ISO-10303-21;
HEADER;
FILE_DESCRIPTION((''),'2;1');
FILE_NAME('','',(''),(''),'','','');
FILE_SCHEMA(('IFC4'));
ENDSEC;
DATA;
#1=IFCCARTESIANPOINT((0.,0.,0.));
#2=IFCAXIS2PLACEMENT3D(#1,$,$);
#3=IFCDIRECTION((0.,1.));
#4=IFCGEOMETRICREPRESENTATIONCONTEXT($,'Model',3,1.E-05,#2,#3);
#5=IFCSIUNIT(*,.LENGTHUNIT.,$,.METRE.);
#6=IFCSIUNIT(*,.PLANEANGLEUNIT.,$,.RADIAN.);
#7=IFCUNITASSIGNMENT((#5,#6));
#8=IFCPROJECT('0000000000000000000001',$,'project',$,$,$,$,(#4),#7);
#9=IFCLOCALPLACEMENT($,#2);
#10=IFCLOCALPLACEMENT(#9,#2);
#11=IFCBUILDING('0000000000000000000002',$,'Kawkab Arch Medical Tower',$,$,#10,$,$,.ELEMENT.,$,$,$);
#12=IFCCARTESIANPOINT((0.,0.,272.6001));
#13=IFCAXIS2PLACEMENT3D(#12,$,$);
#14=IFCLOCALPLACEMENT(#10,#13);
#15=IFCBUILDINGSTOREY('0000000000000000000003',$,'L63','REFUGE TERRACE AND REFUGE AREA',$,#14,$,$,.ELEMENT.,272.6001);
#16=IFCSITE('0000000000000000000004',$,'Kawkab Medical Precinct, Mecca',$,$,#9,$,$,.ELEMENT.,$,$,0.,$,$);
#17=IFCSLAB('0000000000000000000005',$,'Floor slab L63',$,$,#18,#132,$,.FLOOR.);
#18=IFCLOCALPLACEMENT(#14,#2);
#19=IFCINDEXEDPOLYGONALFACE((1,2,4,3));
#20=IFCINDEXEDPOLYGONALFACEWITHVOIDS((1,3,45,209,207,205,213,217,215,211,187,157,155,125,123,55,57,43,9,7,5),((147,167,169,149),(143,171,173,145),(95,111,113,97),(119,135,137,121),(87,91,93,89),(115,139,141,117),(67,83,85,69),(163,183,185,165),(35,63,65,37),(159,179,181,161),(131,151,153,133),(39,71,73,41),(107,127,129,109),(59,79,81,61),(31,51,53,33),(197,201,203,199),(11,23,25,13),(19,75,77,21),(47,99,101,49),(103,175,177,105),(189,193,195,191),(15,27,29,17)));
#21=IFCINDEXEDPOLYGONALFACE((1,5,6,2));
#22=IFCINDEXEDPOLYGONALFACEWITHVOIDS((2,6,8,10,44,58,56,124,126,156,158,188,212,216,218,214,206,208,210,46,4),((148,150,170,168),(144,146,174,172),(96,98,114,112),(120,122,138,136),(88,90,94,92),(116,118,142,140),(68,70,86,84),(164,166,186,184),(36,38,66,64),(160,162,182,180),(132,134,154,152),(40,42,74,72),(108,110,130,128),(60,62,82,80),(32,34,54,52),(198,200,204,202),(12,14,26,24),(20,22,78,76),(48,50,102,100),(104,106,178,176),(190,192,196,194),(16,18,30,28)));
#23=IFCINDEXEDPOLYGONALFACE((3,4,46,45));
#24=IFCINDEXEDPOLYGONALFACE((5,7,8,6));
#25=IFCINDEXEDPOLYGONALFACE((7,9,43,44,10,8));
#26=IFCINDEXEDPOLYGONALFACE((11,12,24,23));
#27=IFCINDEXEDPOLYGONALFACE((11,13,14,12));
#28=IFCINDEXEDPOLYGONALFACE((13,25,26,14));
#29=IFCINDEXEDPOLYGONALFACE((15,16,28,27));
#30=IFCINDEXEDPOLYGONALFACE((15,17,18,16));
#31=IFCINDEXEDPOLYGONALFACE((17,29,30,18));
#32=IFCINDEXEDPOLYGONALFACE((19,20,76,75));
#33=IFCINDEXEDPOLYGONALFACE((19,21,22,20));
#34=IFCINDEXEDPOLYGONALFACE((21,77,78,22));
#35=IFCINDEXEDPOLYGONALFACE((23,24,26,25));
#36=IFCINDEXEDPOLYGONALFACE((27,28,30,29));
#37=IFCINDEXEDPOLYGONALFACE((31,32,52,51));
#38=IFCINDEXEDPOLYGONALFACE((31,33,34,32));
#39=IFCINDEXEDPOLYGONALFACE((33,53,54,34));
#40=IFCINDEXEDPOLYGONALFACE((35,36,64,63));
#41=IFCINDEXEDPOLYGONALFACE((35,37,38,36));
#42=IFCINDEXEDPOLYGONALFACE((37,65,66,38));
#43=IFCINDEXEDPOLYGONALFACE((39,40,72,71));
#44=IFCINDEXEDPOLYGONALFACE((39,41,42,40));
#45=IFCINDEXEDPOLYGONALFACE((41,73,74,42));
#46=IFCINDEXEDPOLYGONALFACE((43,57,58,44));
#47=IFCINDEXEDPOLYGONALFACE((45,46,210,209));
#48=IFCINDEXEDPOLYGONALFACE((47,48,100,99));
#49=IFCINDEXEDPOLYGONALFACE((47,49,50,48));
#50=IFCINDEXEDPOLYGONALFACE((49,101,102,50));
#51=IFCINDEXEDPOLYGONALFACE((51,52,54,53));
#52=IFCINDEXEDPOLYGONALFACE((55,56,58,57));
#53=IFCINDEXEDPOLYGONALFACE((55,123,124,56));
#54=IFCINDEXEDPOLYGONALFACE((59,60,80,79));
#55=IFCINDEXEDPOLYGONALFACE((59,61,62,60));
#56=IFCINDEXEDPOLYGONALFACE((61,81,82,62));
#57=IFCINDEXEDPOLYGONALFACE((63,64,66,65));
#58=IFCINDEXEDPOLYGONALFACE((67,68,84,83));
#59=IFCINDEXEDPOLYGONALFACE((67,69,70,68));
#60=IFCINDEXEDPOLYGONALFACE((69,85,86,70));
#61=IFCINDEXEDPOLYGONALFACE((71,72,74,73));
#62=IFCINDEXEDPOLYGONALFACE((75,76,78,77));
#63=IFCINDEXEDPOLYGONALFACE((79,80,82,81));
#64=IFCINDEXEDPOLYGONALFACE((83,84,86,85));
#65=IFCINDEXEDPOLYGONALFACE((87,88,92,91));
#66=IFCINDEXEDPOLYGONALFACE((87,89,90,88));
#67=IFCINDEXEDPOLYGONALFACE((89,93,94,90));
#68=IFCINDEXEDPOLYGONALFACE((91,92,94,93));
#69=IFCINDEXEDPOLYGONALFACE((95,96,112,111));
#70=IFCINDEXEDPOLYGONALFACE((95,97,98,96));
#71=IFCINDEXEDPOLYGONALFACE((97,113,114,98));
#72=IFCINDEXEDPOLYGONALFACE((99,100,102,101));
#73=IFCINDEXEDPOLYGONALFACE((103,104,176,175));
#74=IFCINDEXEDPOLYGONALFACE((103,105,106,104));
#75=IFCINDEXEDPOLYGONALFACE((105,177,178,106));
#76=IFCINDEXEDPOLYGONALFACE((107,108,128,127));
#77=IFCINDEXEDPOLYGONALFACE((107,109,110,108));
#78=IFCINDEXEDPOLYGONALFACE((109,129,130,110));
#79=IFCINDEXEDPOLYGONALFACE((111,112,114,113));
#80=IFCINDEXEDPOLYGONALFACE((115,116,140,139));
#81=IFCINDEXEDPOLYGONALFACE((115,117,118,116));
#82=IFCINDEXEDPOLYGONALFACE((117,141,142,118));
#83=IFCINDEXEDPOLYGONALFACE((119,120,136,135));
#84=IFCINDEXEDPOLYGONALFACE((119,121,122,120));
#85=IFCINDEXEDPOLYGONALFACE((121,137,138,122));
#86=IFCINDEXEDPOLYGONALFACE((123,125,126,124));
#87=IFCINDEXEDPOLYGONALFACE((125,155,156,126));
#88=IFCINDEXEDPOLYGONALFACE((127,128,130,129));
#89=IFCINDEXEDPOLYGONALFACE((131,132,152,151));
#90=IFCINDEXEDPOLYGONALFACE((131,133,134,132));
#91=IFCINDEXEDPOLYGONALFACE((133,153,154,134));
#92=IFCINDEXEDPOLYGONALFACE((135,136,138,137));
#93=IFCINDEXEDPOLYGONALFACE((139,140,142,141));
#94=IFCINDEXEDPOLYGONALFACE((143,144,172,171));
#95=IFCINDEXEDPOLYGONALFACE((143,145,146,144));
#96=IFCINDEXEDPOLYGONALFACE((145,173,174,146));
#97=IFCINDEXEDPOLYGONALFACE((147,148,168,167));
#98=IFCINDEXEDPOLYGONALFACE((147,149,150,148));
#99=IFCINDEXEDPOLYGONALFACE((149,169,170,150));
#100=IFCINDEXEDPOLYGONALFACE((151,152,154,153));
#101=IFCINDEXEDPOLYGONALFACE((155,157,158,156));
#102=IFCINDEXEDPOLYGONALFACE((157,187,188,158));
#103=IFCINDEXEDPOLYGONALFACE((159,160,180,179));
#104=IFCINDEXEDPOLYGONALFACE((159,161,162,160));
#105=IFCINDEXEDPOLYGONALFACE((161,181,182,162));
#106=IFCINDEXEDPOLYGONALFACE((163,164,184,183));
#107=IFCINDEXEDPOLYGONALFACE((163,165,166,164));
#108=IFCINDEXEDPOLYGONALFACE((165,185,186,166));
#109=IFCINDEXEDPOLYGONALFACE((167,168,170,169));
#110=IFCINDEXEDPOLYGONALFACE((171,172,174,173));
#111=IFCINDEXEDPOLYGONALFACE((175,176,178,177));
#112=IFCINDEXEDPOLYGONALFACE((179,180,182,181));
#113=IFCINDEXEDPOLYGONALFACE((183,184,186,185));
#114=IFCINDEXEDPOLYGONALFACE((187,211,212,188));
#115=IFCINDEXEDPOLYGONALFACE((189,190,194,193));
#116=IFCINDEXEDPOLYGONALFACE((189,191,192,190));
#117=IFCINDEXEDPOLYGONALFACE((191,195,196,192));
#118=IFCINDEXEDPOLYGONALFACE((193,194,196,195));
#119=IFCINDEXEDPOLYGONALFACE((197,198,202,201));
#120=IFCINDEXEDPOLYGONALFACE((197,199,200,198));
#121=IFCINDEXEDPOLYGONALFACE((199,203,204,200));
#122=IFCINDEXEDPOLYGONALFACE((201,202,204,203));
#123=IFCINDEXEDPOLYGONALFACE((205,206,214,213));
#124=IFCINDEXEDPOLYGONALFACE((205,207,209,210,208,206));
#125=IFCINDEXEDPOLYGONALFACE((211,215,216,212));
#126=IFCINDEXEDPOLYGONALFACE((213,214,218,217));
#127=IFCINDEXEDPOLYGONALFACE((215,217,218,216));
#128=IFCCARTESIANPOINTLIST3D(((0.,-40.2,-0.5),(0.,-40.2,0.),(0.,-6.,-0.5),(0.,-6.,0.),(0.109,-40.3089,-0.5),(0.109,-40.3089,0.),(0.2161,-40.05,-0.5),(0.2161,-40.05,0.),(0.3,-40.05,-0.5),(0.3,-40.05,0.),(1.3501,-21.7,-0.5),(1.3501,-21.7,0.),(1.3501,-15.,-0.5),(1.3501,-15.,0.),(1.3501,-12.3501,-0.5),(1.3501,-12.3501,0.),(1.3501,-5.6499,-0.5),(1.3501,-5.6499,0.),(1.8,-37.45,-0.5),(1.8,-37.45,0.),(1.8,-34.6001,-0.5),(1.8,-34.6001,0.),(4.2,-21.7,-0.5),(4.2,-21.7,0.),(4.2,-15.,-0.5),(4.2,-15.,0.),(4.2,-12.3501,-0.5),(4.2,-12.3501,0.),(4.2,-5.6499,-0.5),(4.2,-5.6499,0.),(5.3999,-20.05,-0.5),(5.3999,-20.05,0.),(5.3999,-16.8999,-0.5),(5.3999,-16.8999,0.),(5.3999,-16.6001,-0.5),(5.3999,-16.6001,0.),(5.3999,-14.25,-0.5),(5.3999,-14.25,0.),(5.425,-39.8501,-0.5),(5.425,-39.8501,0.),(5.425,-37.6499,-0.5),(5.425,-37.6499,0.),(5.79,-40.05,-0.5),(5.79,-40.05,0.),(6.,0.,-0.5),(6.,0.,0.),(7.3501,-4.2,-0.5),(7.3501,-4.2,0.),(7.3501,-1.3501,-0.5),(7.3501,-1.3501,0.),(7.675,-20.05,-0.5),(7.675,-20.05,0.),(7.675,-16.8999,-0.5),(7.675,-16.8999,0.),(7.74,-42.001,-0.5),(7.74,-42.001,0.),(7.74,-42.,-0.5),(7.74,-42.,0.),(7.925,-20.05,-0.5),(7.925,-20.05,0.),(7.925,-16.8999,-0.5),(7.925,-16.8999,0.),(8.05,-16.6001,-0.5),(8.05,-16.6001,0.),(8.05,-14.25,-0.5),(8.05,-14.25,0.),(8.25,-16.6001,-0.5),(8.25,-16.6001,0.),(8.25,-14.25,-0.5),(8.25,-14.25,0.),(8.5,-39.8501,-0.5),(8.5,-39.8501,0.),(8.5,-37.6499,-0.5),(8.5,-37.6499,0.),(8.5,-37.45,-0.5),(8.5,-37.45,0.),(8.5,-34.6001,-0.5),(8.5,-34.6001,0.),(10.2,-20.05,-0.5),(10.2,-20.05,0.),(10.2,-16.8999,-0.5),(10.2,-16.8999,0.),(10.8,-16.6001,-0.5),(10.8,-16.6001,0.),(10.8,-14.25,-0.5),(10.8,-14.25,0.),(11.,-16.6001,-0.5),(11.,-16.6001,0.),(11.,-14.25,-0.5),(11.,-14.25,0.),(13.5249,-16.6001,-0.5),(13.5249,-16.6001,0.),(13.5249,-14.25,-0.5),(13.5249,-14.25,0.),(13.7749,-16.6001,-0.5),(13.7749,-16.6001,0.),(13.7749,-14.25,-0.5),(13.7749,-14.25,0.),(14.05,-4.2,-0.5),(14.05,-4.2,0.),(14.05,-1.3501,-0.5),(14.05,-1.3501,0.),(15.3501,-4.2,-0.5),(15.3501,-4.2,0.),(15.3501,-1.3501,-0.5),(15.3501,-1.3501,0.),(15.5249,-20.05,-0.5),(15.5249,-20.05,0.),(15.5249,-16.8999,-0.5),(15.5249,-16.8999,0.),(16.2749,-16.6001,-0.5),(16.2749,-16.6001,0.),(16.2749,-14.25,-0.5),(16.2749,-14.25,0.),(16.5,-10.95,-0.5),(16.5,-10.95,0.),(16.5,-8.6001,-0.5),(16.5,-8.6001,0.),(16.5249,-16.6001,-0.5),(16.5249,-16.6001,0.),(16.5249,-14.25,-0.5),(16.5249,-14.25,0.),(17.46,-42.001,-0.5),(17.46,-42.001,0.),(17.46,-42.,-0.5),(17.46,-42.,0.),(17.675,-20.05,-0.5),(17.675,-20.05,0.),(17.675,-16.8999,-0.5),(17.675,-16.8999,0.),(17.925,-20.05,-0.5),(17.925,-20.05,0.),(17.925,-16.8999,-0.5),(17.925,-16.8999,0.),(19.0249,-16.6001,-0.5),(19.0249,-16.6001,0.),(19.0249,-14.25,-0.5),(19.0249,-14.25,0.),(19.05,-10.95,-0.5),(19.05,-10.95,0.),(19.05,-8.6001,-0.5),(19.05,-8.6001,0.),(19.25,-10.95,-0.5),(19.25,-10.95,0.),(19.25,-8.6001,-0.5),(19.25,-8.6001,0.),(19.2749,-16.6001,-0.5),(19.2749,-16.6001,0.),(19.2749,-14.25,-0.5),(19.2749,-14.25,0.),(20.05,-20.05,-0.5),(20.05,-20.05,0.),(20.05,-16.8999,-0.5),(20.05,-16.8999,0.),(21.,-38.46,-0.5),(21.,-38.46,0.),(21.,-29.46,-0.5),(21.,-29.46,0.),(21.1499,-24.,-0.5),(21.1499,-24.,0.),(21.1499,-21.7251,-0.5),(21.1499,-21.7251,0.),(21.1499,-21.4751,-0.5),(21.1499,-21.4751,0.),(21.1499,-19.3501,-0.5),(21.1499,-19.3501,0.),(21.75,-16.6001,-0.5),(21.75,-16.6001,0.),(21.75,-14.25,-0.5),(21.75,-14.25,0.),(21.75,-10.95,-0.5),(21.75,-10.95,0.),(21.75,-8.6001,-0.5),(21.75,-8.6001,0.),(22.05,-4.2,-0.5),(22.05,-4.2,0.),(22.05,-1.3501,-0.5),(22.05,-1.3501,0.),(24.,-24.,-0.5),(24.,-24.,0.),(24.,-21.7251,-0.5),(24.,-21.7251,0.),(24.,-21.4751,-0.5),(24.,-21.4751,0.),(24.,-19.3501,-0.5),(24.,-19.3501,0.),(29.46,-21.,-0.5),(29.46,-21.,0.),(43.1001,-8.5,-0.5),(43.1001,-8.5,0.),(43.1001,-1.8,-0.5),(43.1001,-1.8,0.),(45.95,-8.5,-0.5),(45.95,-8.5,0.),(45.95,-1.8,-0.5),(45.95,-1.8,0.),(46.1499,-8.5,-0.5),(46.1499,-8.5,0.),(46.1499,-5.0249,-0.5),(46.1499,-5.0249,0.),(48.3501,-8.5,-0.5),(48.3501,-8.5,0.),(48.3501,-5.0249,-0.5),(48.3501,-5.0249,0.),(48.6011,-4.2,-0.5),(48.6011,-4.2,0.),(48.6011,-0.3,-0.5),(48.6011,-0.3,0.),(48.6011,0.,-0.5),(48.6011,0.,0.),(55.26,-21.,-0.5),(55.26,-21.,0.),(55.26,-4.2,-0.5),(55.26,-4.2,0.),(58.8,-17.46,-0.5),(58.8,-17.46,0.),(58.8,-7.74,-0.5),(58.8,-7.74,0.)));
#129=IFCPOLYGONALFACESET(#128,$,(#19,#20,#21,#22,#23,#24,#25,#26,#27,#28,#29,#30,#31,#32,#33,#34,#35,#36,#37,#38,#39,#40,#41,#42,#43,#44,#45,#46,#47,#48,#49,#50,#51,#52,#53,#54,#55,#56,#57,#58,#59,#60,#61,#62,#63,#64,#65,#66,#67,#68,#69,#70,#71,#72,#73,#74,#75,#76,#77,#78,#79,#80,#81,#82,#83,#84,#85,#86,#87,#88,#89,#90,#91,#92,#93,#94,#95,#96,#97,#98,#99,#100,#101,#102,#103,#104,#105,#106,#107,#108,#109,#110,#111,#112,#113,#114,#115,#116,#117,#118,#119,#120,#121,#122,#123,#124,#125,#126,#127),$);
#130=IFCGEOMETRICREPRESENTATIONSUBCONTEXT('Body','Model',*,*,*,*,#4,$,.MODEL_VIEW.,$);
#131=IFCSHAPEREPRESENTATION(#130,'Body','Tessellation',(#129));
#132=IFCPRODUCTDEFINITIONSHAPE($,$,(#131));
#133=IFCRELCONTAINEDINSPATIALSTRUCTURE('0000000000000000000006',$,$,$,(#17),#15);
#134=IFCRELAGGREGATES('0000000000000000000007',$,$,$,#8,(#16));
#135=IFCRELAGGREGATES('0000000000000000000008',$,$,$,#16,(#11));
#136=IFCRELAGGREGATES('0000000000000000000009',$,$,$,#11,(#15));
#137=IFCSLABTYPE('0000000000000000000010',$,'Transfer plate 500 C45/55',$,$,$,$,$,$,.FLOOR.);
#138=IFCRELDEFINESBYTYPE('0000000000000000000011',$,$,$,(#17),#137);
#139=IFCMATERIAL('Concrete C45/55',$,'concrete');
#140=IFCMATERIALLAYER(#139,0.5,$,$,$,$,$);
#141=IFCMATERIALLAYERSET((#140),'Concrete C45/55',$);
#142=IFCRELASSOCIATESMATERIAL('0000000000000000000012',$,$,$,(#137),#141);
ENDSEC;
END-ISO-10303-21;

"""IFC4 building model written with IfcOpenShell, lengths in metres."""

from ifc_helpers import new_model, si_unit, direction, frame, origin, place, context, subcontext, project, spatial, polyline, outline, extrude, material, layer, layer_set, type_object, element, save


model = new_model("IFC4")

# Units and contexts
model_context = context("Model", 3, precision=1e-05, world=origin(), true_north=direction((0.0, 1.0)))
body_context = subcontext(model_context, "Body", "Model", "MODEL_VIEW")
ifc_project = project(units=[si_unit("LENGTHUNIT", "METRE"), si_unit("PLANEANGLEUNIT", "RADIAN")], contexts=[model_context])

# Site, building, storey
site_placement = place(None, origin())
site = spatial("IfcSite", under=ifc_project, at=site_placement, Name="Kawkab Medical Precinct, Mecca", CompositionType="ELEMENT", RefElevation=0.0)
building_placement = place(site_placement, origin())
building = spatial("IfcBuilding", under=site, at=building_placement, Name="Kawkab Arch Medical Tower", CompositionType="ELEMENT")
storey_placement = place(building_placement, frame((0.0, 0.0, 272.6001)))
storey = spatial("IfcBuildingStorey", under=building, at=storey_placement, Name="L63", Description="REFUGE TERRACE AND REFUGE AREA", CompositionType="ELEMENT", Elevation=272.6001)

# Slab
placement_1 = place(storey_placement, frame((0.0, 0.0, -0.5)))
ifc_material_1 = material(Name="Concrete C45/55", Category="concrete")
ifc_layer_1 = layer(ifc_material_1, 0.5)
ifc_layer_set_1 = layer_set([ifc_layer_1], Name="Concrete C45/55")
slab_type_1 = type_object("IfcSlabType", Name="Transfer plate 500 C45/55", PredefinedType="FLOOR", material=ifc_layer_set_1)
element("IfcSlab", 1, at=placement_1, inside=storey, type_object=slab_type_1, Name="Floor slab L63", PredefinedType="FLOOR", context=body_context, shape_type="SweptSolid", body=[
    extrude(outline(polyline([(48.6011, 0.0), (48.6011, -0.3), (48.6011, -4.2), (55.26, -4.2), (58.8, -7.74), (58.8, -17.46), (55.26, -21.0), (29.46, -21.0), (21.0, -29.46), (21.0, -38.46), (17.46, -42.0), (17.46, -42.001), (7.74, -42.001), (7.74, -42.0), (5.79, -40.05), (0.3, -40.05), (0.2161, -40.05), (0.1089, -40.3091), (6.0, -46.2), (0.0, -40.2), (0.0, -6.0), (6.0, 0.0), (48.6011, 0.0)]), holes=[polyline([(5.425, -37.6499), (5.425, -39.8501), (8.5, -39.8501), (8.5, -37.6499), (5.425, -37.6499)]), polyline([(8.5, -37.45), (8.5, -34.6001), (1.8, -34.6001), (1.8, -37.45), (8.5, -37.45)]), polyline([(5.3999, -20.05), (7.675, -20.05), (7.675, -16.8999), (5.3999, -16.8999), (5.3999, -20.05)]), polyline([(10.2, -20.05), (10.2, -16.8999), (7.925, -16.8999), (7.925, -20.05), (10.2, -20.05)]), polyline([(4.2, -21.7), (4.2, -15.0), (1.3501, -15.0), (1.3501, -21.7), (4.2, -21.7)]), polyline([(5.3999, -16.6001), (8.05, -16.6001), (8.05, -14.25), (5.3999, -14.25), (5.3999, -16.6001)]), polyline([(10.8, -14.25), (8.25, -14.25), (8.25, -16.6001), (10.8, -16.6001), (10.8, -14.25)]), polyline([(13.5249, -16.6001), (13.5249, -14.25), (11.0, -14.25), (11.0, -16.6001), (13.5249, -16.6001)]), polyline([(16.2749, -14.25), (13.7749, -14.25), (13.7749, -16.6001), (16.2749, -16.6001), (16.2749, -14.25)]), polyline([(4.2, -12.3501), (4.2, -5.6499), (1.3501, -5.6499), (1.3501, -12.3501), (4.2, -12.3501)]), polyline([(7.3501, -4.2), (14.05, -4.2), (14.05, -1.3501), (7.3501, -1.3501), (7.3501, -4.2)]), polyline([(24.0, -21.7251), (21.1499, -21.7251), (21.1499, -24.0), (24.0, -24.0), (24.0, -21.7251)]), polyline([(24.0, -19.3501), (21.1499, -19.3501), (21.1499, -21.4751), (24.0, -21.4751), (24.0, -19.3501)]), polyline([(15.5249, -20.05), (17.675, -20.05), (17.675, -16.8999), (15.5249, -16.8999), (15.5249, -20.05)]), polyline([(17.925, -16.8999), (17.925, -20.05), (20.05, -20.05), (20.05, -16.8999), (17.925, -16.8999)]), polyline([(16.5249, -14.25), (16.5249, -16.6001), (19.0249, -16.6001), (19.0249, -14.25), (16.5249, -14.25)]), polyline([(19.2749, -14.25), (19.2749, -16.6001), (21.75, -16.6001), (21.75, -14.25), (19.2749, -14.25)]), polyline([(16.5, -10.95), (19.05, -10.95), (19.05, -8.6001), (16.5, -8.6001), (16.5, -10.95)]), polyline([(19.25, -8.6001), (19.25, -10.95), (21.75, -10.95), (21.75, -8.6001), (19.25, -8.6001)]), polyline([(46.1499, -8.5), (48.3501, -8.5), (48.3501, -5.0249), (46.1499, -5.0249), (46.1499, -8.5)]), polyline([(43.1001, -1.8), (43.1001, -8.5), (45.95, -8.5), (45.95, -1.8), (43.1001, -1.8)]), polyline([(22.05, -1.3501), (15.3501, -1.3501), (15.3501, -4.2), (22.05, -4.2), (22.05, -1.3501)])]), origin(), (0.0, 0.0, 1.0), 0.5),
])

save(model, "model.ifc")
